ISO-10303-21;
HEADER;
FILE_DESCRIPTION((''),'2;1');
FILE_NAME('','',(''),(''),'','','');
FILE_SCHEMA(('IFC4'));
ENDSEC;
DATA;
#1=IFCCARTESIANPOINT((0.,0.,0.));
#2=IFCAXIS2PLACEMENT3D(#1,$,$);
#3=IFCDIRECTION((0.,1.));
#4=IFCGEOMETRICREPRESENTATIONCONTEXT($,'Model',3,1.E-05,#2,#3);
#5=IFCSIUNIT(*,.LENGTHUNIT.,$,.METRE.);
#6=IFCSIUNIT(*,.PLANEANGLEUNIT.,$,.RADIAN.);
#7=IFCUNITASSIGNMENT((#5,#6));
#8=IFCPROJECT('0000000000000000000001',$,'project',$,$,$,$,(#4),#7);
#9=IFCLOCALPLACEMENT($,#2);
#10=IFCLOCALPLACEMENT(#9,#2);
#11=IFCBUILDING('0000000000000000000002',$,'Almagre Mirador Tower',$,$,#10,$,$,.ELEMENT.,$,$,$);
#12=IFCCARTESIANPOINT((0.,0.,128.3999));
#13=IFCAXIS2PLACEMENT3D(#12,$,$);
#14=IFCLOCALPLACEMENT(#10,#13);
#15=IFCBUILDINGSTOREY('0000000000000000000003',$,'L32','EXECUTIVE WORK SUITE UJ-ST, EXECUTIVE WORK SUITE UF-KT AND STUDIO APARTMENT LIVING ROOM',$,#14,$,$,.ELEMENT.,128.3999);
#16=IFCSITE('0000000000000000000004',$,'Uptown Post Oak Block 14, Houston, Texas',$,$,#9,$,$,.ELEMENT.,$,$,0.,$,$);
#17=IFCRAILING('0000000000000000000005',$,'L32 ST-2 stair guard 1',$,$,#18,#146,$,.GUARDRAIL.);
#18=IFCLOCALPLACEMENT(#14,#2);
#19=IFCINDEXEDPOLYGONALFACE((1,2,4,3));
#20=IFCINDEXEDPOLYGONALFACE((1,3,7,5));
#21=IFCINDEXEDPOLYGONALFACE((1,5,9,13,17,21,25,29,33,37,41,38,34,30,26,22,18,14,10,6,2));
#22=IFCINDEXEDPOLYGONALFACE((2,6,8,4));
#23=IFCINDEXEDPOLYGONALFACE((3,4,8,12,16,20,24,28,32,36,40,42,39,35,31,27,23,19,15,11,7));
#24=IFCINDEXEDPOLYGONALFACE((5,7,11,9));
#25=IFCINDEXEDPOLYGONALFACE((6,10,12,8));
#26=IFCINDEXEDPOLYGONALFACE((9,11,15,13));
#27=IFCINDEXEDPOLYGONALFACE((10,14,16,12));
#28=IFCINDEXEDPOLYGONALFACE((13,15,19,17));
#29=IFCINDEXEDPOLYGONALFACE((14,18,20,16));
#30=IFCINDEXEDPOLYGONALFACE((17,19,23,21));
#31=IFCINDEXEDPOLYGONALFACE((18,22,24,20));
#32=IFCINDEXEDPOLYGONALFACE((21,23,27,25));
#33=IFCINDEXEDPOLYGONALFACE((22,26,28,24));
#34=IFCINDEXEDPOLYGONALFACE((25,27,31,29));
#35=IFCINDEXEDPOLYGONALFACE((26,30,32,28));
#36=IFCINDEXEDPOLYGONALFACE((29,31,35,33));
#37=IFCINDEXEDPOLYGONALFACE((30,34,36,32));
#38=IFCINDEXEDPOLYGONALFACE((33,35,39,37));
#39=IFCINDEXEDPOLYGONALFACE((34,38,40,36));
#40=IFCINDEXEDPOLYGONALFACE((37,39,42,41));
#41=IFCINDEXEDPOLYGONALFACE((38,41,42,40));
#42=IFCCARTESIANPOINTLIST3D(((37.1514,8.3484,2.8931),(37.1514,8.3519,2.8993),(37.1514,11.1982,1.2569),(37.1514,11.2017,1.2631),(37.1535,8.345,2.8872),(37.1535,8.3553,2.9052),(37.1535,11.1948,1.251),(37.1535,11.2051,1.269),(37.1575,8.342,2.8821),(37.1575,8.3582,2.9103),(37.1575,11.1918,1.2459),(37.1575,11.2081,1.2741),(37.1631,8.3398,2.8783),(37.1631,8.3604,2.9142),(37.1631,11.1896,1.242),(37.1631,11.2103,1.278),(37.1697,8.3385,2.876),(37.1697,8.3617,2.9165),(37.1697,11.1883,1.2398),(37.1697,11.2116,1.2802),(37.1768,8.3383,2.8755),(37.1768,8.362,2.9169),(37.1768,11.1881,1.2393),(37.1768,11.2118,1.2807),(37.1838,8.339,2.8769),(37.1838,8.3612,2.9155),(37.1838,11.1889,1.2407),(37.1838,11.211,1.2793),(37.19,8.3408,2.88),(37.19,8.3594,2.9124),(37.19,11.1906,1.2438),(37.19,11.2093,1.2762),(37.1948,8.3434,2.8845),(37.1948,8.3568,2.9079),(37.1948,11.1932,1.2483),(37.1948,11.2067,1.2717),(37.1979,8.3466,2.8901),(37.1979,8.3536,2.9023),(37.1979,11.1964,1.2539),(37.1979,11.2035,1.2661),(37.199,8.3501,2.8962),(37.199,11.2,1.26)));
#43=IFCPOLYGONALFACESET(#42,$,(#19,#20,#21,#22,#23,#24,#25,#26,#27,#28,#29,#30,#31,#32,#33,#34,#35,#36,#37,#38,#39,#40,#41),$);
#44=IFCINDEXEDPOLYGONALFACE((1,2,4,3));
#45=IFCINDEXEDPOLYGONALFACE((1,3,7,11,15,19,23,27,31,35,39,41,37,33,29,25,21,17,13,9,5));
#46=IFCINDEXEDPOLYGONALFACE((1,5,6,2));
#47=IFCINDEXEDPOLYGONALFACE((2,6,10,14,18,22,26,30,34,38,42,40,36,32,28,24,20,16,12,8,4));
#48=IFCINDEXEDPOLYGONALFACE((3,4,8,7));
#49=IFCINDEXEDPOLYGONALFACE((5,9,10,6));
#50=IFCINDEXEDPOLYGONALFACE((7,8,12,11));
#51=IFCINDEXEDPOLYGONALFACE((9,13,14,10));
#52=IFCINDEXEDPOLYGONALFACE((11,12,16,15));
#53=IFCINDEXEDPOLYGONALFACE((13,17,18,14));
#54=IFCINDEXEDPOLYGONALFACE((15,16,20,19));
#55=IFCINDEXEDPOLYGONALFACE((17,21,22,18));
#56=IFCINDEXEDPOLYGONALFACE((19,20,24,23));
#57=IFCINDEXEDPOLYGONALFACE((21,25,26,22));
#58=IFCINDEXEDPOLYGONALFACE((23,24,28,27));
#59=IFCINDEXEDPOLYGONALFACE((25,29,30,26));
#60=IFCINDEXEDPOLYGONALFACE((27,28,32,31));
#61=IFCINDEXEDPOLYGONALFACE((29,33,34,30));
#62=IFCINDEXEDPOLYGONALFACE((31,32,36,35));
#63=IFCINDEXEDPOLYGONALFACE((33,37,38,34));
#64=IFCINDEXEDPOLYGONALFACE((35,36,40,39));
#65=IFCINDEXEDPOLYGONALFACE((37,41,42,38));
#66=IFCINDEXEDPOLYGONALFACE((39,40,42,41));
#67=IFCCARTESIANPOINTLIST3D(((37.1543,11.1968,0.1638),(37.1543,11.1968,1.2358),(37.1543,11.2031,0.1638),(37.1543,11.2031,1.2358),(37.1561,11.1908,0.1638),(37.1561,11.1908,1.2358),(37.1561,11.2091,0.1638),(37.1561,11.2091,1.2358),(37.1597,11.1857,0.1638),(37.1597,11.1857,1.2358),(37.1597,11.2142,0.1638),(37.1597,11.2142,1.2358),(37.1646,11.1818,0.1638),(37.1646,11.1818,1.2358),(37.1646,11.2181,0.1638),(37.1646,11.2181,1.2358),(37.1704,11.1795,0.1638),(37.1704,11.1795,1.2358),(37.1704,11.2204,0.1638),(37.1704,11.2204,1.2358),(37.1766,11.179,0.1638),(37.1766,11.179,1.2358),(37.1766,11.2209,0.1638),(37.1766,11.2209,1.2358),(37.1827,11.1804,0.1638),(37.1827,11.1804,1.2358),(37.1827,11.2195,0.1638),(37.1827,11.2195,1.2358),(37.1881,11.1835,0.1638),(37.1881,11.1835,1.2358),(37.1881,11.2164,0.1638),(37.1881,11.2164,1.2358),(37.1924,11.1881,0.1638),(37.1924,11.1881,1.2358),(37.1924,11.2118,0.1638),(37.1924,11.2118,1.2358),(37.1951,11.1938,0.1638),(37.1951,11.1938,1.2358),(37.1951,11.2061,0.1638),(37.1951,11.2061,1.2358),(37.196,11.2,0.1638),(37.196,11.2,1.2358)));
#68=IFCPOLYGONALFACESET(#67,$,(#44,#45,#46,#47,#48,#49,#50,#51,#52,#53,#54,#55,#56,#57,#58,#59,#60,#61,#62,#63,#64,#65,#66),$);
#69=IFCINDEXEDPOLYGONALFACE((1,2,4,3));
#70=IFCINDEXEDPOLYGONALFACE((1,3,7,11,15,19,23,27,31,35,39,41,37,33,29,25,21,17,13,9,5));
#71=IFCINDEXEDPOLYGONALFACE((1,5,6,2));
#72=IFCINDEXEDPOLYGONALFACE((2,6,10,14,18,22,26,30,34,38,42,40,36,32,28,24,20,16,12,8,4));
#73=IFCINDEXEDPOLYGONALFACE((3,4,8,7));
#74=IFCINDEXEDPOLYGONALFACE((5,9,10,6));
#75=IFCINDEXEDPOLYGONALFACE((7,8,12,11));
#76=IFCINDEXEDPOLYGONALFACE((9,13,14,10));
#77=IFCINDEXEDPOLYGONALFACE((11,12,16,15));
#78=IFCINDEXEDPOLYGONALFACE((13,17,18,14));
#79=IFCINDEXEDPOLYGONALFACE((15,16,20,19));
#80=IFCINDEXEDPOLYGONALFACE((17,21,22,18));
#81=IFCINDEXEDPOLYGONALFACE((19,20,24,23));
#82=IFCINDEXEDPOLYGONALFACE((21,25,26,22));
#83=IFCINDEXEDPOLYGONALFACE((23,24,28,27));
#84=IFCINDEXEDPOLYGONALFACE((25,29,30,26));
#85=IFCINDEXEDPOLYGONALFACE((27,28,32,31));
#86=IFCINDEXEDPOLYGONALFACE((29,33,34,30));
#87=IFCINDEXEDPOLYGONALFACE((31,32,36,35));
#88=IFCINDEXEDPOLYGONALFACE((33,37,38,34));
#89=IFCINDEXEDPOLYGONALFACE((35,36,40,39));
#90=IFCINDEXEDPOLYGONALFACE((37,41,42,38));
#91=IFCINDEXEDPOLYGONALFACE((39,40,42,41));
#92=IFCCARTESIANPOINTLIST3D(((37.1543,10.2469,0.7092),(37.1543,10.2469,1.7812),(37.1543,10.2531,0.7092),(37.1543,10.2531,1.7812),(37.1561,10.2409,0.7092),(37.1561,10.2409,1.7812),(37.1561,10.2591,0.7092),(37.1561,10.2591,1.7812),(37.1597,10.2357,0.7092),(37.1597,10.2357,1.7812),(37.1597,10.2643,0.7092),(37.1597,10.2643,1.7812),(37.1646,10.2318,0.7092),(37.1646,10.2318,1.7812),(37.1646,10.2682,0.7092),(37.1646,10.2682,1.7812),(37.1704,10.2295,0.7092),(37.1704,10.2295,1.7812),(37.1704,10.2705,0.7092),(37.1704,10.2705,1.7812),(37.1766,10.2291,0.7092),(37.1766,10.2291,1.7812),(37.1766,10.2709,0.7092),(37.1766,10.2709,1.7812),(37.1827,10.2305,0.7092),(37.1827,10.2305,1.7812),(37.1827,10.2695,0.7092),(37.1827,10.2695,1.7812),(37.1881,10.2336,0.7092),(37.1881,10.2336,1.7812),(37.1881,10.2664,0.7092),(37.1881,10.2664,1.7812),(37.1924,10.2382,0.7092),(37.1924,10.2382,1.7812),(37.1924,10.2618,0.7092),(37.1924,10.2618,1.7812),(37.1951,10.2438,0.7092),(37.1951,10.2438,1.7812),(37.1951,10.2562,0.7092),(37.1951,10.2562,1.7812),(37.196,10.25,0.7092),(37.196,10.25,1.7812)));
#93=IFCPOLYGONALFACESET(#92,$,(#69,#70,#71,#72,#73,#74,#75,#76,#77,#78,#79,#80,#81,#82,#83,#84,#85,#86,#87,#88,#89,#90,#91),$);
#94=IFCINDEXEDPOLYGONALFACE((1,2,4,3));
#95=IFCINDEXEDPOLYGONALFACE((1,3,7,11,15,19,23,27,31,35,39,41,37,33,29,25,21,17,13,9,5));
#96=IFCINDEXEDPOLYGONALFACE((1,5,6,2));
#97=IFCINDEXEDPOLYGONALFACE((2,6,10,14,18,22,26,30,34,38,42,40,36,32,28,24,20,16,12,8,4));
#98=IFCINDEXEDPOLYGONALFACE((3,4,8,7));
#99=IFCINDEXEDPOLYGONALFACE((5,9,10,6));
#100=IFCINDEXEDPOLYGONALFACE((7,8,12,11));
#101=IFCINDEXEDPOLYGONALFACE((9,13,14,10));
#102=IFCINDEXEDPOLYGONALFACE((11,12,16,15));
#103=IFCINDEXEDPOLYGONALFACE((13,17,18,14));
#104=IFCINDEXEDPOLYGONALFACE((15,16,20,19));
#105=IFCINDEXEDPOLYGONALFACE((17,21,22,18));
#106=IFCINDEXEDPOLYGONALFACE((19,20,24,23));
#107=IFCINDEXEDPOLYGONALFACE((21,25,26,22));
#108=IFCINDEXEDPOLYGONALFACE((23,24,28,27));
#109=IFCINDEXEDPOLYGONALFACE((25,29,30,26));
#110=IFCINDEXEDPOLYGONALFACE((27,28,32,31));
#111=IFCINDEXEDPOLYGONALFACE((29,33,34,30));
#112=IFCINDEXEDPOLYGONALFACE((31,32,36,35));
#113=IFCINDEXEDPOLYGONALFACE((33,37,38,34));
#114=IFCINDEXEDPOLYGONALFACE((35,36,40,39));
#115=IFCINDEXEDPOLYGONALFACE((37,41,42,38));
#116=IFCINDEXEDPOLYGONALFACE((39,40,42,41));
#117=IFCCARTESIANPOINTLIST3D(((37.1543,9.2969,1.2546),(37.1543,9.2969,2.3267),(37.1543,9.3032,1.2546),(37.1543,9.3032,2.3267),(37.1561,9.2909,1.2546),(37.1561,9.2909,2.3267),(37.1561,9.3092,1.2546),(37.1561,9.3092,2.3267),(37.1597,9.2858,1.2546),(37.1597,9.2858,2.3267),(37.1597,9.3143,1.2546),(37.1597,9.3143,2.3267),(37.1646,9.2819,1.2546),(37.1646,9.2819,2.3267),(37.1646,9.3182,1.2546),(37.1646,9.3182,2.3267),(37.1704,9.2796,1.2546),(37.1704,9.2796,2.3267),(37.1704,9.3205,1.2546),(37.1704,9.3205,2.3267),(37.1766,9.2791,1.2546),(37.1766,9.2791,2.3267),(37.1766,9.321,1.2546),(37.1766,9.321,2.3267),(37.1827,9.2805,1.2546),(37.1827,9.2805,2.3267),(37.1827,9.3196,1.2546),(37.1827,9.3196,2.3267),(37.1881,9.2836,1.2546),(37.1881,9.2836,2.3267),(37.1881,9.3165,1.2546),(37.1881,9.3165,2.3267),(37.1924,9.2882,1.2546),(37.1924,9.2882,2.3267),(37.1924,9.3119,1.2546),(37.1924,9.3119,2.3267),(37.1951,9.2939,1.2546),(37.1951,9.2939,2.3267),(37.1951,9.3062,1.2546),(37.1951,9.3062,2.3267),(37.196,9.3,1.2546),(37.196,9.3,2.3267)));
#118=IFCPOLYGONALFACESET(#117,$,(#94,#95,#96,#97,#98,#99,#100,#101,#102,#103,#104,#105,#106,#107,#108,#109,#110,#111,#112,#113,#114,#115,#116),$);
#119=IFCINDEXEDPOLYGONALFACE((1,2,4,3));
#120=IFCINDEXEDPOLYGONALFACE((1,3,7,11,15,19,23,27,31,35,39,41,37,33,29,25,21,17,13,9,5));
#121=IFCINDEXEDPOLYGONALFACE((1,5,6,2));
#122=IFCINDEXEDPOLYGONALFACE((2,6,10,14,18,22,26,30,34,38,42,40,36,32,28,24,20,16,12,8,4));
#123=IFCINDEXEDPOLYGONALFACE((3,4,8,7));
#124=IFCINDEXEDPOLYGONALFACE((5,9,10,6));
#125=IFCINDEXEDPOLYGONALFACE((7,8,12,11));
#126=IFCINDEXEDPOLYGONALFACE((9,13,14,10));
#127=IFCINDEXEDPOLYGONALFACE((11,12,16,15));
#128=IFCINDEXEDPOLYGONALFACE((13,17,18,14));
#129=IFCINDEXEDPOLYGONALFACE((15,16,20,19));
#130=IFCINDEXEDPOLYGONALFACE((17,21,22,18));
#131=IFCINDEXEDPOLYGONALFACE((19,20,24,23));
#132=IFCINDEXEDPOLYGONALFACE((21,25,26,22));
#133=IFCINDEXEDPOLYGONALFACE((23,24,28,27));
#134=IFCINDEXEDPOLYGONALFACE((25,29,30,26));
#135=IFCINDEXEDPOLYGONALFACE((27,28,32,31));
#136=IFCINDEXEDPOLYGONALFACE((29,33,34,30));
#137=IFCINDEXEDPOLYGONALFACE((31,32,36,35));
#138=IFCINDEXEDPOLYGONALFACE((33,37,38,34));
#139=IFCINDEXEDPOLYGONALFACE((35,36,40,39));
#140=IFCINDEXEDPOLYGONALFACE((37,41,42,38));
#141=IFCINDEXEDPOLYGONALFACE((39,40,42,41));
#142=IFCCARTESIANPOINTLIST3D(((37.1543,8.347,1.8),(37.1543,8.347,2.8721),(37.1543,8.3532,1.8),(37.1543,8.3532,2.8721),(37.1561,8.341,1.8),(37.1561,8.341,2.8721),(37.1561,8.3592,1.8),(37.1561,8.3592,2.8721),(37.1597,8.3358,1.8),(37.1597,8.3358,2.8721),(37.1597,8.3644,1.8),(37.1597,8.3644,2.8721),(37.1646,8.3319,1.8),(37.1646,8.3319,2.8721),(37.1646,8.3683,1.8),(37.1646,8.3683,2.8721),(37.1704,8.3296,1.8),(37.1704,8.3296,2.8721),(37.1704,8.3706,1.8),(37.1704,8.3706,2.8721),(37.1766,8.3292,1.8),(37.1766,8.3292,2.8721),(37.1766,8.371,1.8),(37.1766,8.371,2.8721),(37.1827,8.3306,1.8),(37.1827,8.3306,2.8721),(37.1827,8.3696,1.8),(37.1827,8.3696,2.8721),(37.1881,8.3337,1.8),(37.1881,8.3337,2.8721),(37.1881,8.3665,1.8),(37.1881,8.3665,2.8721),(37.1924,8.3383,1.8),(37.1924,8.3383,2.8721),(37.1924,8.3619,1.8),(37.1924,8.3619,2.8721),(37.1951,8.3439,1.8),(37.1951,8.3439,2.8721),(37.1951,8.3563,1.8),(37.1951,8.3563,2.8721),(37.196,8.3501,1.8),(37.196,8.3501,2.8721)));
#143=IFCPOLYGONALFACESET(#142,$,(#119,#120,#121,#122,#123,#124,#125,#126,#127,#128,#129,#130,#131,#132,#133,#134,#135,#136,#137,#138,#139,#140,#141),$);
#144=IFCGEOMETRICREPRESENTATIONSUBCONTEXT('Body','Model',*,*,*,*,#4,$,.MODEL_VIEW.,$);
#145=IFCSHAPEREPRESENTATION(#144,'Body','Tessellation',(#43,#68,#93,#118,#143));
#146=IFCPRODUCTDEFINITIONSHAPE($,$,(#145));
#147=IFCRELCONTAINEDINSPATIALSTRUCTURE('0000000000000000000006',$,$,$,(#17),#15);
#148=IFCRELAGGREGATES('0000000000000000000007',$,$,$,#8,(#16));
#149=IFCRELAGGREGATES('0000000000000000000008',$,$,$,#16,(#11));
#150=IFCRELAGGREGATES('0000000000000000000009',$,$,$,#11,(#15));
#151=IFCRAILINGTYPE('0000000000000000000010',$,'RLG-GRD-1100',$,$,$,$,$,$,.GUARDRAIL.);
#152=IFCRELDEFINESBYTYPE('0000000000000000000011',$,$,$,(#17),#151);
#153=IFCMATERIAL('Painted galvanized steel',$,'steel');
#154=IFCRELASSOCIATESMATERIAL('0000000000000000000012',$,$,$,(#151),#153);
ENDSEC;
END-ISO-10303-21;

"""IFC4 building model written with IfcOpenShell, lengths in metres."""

from ifc_helpers import new_model, si_unit, direction, frame, origin, origin_2d, place, context, subcontext, project, spatial, circle, extrude, material, type_object, element, save


model = new_model("IFC4")

# Units and contexts
model_context = context("Model", 3, precision=1e-05, world=origin(), true_north=direction((0.0, 1.0)))
body_context = subcontext(model_context, "Body", "Model", "MODEL_VIEW")
ifc_project = project(units=[si_unit("LENGTHUNIT", "METRE"), si_unit("PLANEANGLEUNIT", "RADIAN")], contexts=[model_context])

# Site, building, storey
site_placement = place(None, origin())
site = spatial("IfcSite", under=ifc_project, at=site_placement, Name="Uptown Post Oak Block 14, Houston, Texas", CompositionType="ELEMENT", RefElevation=0.0)
building_placement = place(site_placement, origin())
building = spatial("IfcBuilding", under=site, at=building_placement, Name="Almagre Mirador Tower", CompositionType="ELEMENT")
storey_placement = place(building_placement, frame((0.0, 0.0, 128.3999)))
storey = spatial("IfcBuildingStorey", under=building, at=storey_placement, Name="L32", Description="EXECUTIVE WORK SUITE UJ-ST, EXECUTIVE WORK SUITE UF-KT AND STUDIO APARTMENT LIVING ROOM", CompositionType="ELEMENT", Elevation=128.3999)

# Railing
ifc_material_1 = material(Name="Painted galvanized steel", Category="steel")
railing_type_1 = type_object("IfcRailingType", Name="RLG-GRD-1100", PredefinedType="GUARDRAIL", material=ifc_material_1)
railing_1_placement = place(storey_placement, frame((37.175, 11.2, 0.1638)))
element("IfcRailing", 1, at=railing_1_placement, inside=storey, type_object=railing_type_1, Name="L32 ST-2 stair guard 1", PredefinedType="GUARDRAIL", context=body_context, shape_type="SweptSolid", body=[
    extrude(circle(Radius=0.0239, at=origin_2d()), frame((0.0, 0.0, 1.0962), z_axis=(0.0, -0.867226, 0.497914), x_axis=(1.0, 0.0, 0.0)), (0.0, 0.0, 1.0), 3.2861),
    extrude(circle(Radius=0.021, at=origin_2d()), origin(), (0.0, 0.0, 1.0), 1.072),
    extrude(circle(Radius=0.021, at=origin_2d()), frame((0.0, -0.95, 0.5454)), (0.0, 0.0, 1.0), 1.072),
    extrude(circle(Radius=0.021, at=origin_2d()), frame((0.0, -1.8999, 1.0908)), (0.0, 0.0, 1.0), 1.072),
    extrude(circle(Radius=0.021, at=origin_2d()), frame((0.0, -2.8499, 1.6362)), (0.0, 0.0, 1.0), 1.072),
])

save(model, "model.ifc")
